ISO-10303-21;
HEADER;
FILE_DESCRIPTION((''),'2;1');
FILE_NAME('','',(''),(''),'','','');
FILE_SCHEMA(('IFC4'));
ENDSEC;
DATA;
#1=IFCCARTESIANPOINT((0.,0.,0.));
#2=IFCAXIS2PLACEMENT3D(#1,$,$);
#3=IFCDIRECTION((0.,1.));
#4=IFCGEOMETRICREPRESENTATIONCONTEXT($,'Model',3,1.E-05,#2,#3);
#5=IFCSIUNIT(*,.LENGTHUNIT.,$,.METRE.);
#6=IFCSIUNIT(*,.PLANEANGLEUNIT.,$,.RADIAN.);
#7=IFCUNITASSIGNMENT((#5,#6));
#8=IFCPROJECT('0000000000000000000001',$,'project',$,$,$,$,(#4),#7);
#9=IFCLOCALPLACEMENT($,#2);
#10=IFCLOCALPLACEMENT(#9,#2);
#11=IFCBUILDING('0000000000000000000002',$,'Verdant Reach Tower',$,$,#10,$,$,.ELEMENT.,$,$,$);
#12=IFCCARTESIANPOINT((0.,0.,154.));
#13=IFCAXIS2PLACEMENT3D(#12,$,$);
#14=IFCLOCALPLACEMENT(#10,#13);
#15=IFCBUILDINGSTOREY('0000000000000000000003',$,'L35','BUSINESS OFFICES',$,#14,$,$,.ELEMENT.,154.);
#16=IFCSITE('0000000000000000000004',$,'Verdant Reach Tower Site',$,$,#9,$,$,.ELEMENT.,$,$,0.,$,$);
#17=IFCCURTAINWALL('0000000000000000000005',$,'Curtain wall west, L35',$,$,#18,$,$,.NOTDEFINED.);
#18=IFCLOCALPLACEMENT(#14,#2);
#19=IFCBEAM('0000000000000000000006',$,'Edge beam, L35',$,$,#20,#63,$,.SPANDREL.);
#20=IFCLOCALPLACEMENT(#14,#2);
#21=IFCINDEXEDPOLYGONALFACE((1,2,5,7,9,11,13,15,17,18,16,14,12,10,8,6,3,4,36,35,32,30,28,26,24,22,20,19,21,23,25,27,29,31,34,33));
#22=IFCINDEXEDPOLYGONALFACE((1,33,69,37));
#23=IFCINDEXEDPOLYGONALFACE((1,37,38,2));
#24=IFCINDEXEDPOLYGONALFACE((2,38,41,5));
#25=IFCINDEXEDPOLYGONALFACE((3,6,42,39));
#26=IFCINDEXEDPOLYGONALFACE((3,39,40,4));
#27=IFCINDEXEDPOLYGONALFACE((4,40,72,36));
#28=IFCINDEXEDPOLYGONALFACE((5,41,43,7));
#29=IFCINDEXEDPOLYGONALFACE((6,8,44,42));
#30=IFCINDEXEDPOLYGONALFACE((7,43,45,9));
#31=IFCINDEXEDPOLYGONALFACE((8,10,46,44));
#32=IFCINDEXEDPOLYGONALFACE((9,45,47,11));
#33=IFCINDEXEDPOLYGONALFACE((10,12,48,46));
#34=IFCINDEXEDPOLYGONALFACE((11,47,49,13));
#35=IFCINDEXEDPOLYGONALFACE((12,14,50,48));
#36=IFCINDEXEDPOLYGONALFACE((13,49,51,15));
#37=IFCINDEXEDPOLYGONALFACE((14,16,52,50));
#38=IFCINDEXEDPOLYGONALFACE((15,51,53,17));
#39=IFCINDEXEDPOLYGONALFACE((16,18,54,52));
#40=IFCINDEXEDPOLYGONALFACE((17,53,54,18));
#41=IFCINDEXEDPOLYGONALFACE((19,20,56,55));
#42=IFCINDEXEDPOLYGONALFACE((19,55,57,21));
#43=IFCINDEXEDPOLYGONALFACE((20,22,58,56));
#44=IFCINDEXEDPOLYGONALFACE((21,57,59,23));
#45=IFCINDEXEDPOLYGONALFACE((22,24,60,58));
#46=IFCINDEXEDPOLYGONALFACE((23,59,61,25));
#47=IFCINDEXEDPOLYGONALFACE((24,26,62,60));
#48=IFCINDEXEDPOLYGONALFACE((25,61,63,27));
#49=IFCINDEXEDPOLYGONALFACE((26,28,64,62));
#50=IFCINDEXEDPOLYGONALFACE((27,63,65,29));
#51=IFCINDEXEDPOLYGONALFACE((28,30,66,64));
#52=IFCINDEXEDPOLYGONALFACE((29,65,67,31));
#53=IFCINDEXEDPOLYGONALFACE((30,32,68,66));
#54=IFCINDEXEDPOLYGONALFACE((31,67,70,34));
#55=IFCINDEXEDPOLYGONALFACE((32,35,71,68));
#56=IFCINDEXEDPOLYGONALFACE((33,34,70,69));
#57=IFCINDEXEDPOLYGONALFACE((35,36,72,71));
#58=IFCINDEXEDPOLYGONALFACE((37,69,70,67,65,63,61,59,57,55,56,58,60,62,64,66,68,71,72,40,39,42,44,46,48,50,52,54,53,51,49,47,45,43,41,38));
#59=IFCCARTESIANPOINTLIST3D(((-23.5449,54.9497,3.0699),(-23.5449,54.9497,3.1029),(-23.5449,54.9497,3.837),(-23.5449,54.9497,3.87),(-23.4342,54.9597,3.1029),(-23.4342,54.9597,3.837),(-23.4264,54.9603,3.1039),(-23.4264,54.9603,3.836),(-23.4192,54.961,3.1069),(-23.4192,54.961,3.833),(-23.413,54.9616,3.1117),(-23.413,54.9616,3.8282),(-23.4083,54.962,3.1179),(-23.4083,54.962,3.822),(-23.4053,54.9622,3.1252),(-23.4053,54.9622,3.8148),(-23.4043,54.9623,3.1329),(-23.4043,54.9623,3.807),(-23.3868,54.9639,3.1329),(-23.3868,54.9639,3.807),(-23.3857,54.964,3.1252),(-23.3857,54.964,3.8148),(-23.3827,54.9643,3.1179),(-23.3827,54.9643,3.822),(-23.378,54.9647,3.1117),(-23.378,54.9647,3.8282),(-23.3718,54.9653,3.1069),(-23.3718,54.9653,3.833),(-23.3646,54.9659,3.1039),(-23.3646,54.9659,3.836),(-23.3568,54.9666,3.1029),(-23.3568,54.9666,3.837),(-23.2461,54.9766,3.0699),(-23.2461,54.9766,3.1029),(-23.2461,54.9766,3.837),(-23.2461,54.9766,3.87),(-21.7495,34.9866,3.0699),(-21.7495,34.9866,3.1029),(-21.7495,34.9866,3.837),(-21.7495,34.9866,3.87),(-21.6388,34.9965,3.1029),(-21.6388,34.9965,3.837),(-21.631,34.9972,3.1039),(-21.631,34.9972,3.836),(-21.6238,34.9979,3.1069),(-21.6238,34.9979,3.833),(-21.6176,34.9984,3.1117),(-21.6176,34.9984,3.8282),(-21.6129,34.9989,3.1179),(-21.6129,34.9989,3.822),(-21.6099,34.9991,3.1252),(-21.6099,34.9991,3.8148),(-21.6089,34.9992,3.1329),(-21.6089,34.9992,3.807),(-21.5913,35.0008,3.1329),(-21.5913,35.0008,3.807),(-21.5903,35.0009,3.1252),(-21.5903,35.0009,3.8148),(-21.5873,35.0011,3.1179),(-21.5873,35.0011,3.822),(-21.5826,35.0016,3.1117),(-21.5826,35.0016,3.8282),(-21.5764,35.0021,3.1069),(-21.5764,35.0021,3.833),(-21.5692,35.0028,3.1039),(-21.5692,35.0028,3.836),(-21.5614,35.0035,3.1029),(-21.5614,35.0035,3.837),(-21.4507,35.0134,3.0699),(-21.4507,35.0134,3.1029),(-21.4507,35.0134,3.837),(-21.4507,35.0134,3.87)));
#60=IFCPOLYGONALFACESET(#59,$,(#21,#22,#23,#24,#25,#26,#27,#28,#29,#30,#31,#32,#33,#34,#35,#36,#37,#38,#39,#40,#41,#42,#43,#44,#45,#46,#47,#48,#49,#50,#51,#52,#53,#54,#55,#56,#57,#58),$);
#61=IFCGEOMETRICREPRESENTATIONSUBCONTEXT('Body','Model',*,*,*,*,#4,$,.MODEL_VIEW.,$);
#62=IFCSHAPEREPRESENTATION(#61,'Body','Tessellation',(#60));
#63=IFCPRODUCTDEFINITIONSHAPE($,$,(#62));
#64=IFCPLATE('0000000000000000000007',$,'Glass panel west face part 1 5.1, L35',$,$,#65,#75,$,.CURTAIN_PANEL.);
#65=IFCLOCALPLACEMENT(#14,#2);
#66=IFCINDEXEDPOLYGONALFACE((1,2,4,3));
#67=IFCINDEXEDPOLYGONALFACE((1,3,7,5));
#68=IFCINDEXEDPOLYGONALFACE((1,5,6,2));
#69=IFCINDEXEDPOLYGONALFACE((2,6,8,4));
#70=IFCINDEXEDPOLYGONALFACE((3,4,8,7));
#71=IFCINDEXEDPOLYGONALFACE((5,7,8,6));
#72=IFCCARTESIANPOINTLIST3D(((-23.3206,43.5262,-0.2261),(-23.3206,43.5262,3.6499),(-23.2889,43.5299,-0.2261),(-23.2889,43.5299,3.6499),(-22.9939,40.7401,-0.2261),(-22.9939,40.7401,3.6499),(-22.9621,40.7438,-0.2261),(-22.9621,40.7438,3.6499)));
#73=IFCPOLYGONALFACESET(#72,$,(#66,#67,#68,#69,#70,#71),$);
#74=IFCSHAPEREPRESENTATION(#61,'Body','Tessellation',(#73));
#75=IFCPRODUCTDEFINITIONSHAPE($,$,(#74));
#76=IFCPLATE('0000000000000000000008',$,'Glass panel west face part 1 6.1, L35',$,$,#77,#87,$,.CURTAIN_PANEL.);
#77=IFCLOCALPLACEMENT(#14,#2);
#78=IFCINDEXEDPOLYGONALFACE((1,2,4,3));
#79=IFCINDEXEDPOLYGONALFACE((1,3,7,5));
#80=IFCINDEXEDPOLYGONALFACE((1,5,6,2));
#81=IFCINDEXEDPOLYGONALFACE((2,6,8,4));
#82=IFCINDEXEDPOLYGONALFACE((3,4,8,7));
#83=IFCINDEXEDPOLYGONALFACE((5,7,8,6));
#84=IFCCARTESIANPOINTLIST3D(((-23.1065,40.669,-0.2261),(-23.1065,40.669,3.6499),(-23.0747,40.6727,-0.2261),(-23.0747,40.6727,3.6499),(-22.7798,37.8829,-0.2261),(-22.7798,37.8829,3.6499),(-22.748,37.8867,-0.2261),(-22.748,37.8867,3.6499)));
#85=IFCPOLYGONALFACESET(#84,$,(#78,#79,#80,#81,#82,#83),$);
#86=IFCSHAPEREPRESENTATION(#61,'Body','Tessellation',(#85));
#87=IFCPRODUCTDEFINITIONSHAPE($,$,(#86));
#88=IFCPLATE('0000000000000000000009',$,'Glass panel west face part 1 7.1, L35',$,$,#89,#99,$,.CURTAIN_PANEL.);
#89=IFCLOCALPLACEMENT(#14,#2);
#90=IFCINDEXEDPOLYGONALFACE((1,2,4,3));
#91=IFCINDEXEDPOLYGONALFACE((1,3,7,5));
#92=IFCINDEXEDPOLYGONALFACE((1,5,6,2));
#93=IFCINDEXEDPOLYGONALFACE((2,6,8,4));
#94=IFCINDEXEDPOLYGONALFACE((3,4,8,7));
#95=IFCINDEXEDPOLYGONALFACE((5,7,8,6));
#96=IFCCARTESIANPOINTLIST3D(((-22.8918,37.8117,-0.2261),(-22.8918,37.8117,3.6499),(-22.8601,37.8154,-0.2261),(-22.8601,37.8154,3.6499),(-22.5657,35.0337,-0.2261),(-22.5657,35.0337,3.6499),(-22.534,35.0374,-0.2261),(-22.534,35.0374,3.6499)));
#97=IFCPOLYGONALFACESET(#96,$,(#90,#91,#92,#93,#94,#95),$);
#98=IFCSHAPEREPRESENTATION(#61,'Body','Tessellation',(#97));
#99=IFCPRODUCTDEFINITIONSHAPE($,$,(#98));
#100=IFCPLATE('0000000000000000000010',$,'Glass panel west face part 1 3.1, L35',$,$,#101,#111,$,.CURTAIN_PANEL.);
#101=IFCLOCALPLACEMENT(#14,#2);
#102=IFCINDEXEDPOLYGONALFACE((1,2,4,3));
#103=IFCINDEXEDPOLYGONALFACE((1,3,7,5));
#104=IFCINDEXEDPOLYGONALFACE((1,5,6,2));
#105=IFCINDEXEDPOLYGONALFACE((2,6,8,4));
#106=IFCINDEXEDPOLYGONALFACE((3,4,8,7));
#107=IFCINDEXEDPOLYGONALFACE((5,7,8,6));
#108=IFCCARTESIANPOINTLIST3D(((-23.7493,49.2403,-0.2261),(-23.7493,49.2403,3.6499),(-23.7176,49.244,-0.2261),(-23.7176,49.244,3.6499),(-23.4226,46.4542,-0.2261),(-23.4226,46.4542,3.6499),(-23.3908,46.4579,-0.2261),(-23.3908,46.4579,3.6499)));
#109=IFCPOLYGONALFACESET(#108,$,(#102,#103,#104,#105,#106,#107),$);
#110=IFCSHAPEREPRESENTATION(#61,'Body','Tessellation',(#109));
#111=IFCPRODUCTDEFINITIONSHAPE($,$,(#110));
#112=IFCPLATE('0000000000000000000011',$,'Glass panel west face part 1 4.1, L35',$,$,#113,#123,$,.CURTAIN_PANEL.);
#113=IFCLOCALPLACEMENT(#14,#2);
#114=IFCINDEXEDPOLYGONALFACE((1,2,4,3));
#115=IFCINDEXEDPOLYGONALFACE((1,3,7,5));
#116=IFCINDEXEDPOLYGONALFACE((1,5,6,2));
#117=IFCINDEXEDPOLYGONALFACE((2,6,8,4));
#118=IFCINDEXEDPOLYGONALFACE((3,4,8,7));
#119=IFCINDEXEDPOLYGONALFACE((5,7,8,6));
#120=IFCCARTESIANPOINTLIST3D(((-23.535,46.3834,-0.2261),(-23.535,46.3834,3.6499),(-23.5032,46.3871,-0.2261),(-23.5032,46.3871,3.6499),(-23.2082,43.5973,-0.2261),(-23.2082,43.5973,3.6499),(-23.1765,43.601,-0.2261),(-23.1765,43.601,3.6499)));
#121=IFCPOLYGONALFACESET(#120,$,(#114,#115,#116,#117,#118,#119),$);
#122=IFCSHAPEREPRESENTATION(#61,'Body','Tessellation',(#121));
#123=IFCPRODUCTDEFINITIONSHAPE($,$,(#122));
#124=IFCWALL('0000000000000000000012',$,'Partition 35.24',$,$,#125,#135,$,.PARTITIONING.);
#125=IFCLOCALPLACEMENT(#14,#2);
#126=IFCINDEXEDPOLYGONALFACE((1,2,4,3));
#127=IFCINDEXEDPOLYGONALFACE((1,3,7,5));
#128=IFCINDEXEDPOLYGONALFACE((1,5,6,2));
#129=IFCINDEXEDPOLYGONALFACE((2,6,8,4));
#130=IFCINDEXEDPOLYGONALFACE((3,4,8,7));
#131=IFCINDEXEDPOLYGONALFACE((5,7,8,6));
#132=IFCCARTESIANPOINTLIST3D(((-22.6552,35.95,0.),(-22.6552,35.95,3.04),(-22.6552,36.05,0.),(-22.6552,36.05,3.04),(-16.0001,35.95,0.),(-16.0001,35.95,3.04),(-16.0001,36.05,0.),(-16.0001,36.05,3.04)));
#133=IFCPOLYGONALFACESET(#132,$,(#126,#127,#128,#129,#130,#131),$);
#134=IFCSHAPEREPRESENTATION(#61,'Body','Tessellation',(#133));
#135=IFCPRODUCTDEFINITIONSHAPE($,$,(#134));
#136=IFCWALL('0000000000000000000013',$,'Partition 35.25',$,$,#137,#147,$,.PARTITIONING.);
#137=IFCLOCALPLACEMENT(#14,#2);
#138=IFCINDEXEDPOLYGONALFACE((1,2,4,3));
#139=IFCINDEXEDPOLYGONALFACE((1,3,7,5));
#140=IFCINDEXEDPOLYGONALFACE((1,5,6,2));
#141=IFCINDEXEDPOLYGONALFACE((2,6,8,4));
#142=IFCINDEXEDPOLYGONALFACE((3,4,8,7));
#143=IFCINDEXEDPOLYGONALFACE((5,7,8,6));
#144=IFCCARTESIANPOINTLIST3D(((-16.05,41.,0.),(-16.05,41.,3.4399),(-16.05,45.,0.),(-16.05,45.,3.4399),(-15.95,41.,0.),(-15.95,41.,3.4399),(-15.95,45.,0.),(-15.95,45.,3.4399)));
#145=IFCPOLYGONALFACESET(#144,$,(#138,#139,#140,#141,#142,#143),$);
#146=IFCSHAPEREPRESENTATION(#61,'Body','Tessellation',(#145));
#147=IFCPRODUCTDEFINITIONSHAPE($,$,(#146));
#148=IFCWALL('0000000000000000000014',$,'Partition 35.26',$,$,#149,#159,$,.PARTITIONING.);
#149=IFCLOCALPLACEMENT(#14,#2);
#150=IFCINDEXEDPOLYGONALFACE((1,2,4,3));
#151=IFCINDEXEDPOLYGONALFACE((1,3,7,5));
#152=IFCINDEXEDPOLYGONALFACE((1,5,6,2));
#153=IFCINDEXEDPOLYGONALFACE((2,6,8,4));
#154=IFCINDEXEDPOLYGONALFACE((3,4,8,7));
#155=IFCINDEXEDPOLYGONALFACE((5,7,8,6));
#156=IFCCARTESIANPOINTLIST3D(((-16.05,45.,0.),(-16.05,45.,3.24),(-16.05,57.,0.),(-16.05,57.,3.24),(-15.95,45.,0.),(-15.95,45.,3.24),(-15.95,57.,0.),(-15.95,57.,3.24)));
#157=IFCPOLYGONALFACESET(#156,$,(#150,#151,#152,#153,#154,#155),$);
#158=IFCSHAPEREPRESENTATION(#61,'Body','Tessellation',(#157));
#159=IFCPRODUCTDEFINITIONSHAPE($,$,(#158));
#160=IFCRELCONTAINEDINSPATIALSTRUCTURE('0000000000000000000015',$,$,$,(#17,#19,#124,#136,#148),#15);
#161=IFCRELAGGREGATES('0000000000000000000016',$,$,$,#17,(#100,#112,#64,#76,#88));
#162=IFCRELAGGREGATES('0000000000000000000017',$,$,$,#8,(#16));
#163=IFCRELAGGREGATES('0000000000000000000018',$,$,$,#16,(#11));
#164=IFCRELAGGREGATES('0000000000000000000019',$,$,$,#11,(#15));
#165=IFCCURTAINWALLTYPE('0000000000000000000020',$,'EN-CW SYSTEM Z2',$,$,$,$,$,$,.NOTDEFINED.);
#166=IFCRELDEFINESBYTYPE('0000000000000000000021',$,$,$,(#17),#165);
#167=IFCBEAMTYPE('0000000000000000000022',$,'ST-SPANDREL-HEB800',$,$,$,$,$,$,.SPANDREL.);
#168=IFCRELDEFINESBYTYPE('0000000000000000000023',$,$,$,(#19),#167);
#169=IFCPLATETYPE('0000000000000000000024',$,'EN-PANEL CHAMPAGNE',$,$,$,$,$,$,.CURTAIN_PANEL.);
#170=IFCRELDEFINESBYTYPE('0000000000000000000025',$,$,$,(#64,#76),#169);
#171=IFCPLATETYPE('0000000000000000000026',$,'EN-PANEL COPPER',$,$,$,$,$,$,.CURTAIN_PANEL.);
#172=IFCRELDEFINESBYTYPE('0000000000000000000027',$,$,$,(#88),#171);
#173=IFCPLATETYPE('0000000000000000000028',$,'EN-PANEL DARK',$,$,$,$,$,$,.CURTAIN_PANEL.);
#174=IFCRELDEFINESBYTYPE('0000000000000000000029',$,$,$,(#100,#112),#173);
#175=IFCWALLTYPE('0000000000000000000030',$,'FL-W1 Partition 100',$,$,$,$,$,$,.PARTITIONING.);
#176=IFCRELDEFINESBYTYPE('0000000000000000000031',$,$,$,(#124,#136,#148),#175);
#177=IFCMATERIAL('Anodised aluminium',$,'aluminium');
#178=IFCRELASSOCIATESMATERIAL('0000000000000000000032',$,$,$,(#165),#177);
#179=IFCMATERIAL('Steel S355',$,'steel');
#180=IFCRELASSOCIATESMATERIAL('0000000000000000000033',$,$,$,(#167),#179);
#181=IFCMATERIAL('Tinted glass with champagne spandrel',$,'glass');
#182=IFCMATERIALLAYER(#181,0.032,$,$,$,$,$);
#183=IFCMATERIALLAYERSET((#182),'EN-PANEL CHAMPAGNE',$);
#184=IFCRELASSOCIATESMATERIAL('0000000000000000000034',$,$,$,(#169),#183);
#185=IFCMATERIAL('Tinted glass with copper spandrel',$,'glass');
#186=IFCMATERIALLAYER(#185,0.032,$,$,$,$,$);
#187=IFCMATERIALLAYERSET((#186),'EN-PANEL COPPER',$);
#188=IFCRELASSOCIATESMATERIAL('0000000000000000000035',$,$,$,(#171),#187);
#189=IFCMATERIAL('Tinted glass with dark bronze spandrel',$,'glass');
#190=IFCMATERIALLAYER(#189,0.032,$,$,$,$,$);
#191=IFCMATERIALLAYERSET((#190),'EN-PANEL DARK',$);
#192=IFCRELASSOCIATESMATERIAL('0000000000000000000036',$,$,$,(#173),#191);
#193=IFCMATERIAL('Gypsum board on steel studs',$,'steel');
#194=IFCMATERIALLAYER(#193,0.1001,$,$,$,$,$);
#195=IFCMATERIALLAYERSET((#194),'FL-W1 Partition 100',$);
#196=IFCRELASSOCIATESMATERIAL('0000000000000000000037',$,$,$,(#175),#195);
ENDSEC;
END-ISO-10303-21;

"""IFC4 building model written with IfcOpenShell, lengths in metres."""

from ifc_helpers import new_model, si_unit, direction, frame, frame_2d, origin, origin_2d, place, context, subcontext, project, spatial, rectangle, i_section, extrude, material, layer, layer_set, material_profile, profile_set, type_object, element, aggregate, save


model = new_model("IFC4")

# Units and contexts
model_context = context("Model", 3, precision=1e-05, world=origin(), true_north=direction((0.0, 1.0)))
body_context = subcontext(model_context, "Body", "Model", "MODEL_VIEW")
ifc_project = project(units=[si_unit("LENGTHUNIT", "METRE"), si_unit("PLANEANGLEUNIT", "RADIAN")], contexts=[model_context])

# Site, building, storey
site_placement = place(None, origin())
site = spatial("IfcSite", under=ifc_project, at=site_placement, Name="Verdant Reach Tower Site", CompositionType="ELEMENT", RefElevation=0.0)
building_placement = place(site_placement, origin())
building = spatial("IfcBuilding", under=site, at=building_placement, Name="Verdant Reach Tower", CompositionType="ELEMENT")
storey_placement = place(building_placement, frame((0.0, 0.0, 154.0)))
storey = spatial("IfcBuildingStorey", under=building, at=storey_placement, Name="L35", Description="BUSINESS OFFICES", CompositionType="ELEMENT", Elevation=154.0)

# Curtain wall
ifc_material_1 = material(Name="Anodised aluminium", Category="aluminium")
curtain_wall_type = type_object("IfcCurtainWallType", Name="EN-CW SYSTEM Z2", PredefinedType="NOTDEFINED", material=ifc_material_1)
curtain_wall_placement = place(storey_placement, origin())
curtain_wall = element("IfcCurtainWall", 1, at=curtain_wall_placement, inside=storey, type_object=curtain_wall_type, Name="Curtain wall west, L35", PredefinedType="NOTDEFINED")

# Beam
ifc_material_2 = material(Name="Steel S355", Category="steel")
ifc_material_profile_1 = material_profile(ifc_material_2, i_section(OverallWidth=0.3, OverallDepth=0.8, WebThickness=0.0176, FlangeThickness=0.033, FilletRadius=0.03, at=origin_2d()), Name="HEB 800")
ifc_profile_set_1 = profile_set([ifc_material_profile_1], Name="Steel S355")
beam_type_1 = type_object("IfcBeamType", Name="ST-SPANDREL-HEB800", PredefinedType="SPANDREL", material=ifc_profile_set_1)
beam_1_placement = place(storey_placement, frame((-21.6001, 35.0, 3.47), z_axis=(-0.089575, 0.99598, 0.0), x_axis=(-0.99598, -0.089575, 0.0)))
element("IfcBeam", 2, at=beam_1_placement, inside=storey, type_object=beam_type_1, Name="Edge beam, L35", PredefinedType="SPANDREL", context=body_context, shape_type="SweptSolid", body=[
    extrude(i_section(OverallWidth=0.3, OverallDepth=0.8, WebThickness=0.0176, FlangeThickness=0.033, FilletRadius=0.03, at=origin_2d()), origin(), (0.0, 0.0, 1.0), 20.0437),
])

# Plates
ifc_material_3 = material(Name="Tinted glass with champagne spandrel", Category="glass")
ifc_layer_1 = layer(ifc_material_3, 0.032)
ifc_layer_set_1 = layer_set([ifc_layer_1], Name="EN-PANEL CHAMPAGNE")
plate_type_1 = type_object("IfcPlateType", Name="EN-PANEL CHAMPAGNE", PredefinedType="CURTAIN_PANEL", material=ifc_layer_set_1)
plate_1_placement = place(storey_placement, frame((-23.1414, 42.135, -0.2261), z_axis=(0.0, 0.0, 1.0), x_axis=(0.116483, -0.993193, 0.0)))
plate_1 = element("IfcPlate", 3, at=plate_1_placement, type_object=plate_type_1, Name="Glass panel west face part 1 5.1, L35", PredefinedType="CURTAIN_PANEL", context=body_context, shape_type="SweptSolid", body=[
    extrude(rectangle(XDim=2.8052, YDim=0.032, at=origin_2d()), origin(), (0.0, 0.0, 1.0), 3.876),
])
plate_2_placement = place(storey_placement, frame((-22.9272, 39.2778, -0.2261), z_axis=(0.0, 0.0, 1.0), x_axis=(0.116483, -0.993193, 0.0)))
plate_2 = element("IfcPlate", 4, at=plate_2_placement, type_object=plate_type_1, Name="Glass panel west face part 1 6.1, L35", PredefinedType="CURTAIN_PANEL", context=body_context, shape_type="SweptSolid", body=[
    extrude(rectangle(XDim=2.8052, YDim=0.032, at=origin_2d()), origin(), (0.0, 0.0, 1.0), 3.876),
])
ifc_material_4 = material(Name="Tinted glass with copper spandrel", Category="glass")
ifc_layer_2 = layer(ifc_material_4, 0.032)
ifc_layer_set_2 = layer_set([ifc_layer_2], Name="EN-PANEL COPPER")
plate_type_2 = type_object("IfcPlateType", Name="EN-PANEL COPPER", PredefinedType="CURTAIN_PANEL", material=ifc_layer_set_2)
plate_3_placement = place(storey_placement, frame((-22.7129, 36.4246, -0.2261), z_axis=(0.0, 0.0, 1.0), x_axis=(0.116586, -0.993181, 0.0)))
plate_3 = element("IfcPlate", 5, at=plate_3_placement, type_object=plate_type_2, Name="Glass panel west face part 1 7.1, L35", PredefinedType="CURTAIN_PANEL", context=body_context, shape_type="SweptSolid", body=[
    extrude(rectangle(XDim=2.7971, YDim=0.032, at=origin_2d()), origin(), (0.0, 0.0, 1.0), 3.876),
])
ifc_material_5 = material(Name="Tinted glass with dark bronze spandrel", Category="glass")
ifc_layer_3 = layer(ifc_material_5, 0.032)
ifc_layer_set_3 = layer_set([ifc_layer_3], Name="EN-PANEL DARK")
plate_type_3 = type_object("IfcPlateType", Name="EN-PANEL DARK", PredefinedType="CURTAIN_PANEL", material=ifc_layer_set_3)
plate_4_placement = place(storey_placement, frame((-23.5701, 47.8491, -0.2261), z_axis=(0.0, 0.0, 1.0), x_axis=(0.116483, -0.993193, 0.0)))
plate_4 = element("IfcPlate", 6, at=plate_4_placement, type_object=plate_type_3, Name="Glass panel west face part 1 3.1, L35", PredefinedType="CURTAIN_PANEL", context=body_context, shape_type="SweptSolid", body=[
    extrude(rectangle(XDim=2.8052, YDim=0.032, at=origin_2d()), origin(), (0.0, 0.0, 1.0), 3.876),
])
plate_5_placement = place(storey_placement, frame((-23.3557, 44.9922, -0.2261), z_axis=(0.0, 0.0, 1.0), x_axis=(0.116483, -0.993193, 0.0)))
plate_5 = element("IfcPlate", 7, at=plate_5_placement, type_object=plate_type_3, Name="Glass panel west face part 1 4.1, L35", PredefinedType="CURTAIN_PANEL", context=body_context, shape_type="SweptSolid", body=[
    extrude(rectangle(XDim=2.8052, YDim=0.032, at=origin_2d()), origin(), (0.0, 0.0, 1.0), 3.876),
])
aggregate(curtain_wall, [plate_4, plate_5, plate_1, plate_2, plate_3])

# Walls
ifc_material_6 = material(Name="Gypsum board on steel studs", Category="steel")
ifc_layer_4 = layer(ifc_material_6, 0.1001)
ifc_layer_set_4 = layer_set([ifc_layer_4], Name="FL-W1 Partition 100")
wall_type_1 = type_object("IfcWallType", Name="FL-W1 Partition 100", PredefinedType="PARTITIONING", material=ifc_layer_set_4)
wall_1_placement = place(storey_placement, frame((-16.0, 36.0, 0.0), z_axis=(0.0, 0.0, 1.0), x_axis=(-1.0, 0.0, 0.0)))
element("IfcWall", 8, at=wall_1_placement, inside=storey, type_object=wall_type_1, Name="Partition 35.24", PredefinedType="PARTITIONING", context=body_context, shape_type="SweptSolid", body=[
    extrude(rectangle(XDim=6.655, YDim=0.1001, at=frame_2d((3.3276, 0.0))), origin(), (0.0, 0.0, 1.0), 3.04),
])
wall_2_placement = place(storey_placement, frame((-16.0, 41.0, 0.0), z_axis=(0.0, 0.0, 1.0), x_axis=(0.0, 1.0, 0.0)))
element("IfcWall", 9, at=wall_2_placement, inside=storey, type_object=wall_type_1, Name="Partition 35.25", PredefinedType="PARTITIONING", context=body_context, shape_type="SweptSolid", body=[
    extrude(rectangle(XDim=4.0, YDim=0.1001, at=frame_2d((2.0, 0.0))), origin(), (0.0, 0.0, 1.0), 3.4399),
])
wall_3_placement = place(storey_placement, frame((-16.0, 45.0, 0.0), z_axis=(0.0, 0.0, 1.0), x_axis=(0.0, 1.0, 0.0)))
element("IfcWall", 10, at=wall_3_placement, inside=storey, type_object=wall_type_1, Name="Partition 35.26", PredefinedType="PARTITIONING", context=body_context, shape_type="SweptSolid", body=[
    extrude(rectangle(XDim=12.0, YDim=0.1001, at=frame_2d((6.0, 0.0))), origin(), (0.0, 0.0, 1.0), 3.24),
])

save(model, "model.ifc")
